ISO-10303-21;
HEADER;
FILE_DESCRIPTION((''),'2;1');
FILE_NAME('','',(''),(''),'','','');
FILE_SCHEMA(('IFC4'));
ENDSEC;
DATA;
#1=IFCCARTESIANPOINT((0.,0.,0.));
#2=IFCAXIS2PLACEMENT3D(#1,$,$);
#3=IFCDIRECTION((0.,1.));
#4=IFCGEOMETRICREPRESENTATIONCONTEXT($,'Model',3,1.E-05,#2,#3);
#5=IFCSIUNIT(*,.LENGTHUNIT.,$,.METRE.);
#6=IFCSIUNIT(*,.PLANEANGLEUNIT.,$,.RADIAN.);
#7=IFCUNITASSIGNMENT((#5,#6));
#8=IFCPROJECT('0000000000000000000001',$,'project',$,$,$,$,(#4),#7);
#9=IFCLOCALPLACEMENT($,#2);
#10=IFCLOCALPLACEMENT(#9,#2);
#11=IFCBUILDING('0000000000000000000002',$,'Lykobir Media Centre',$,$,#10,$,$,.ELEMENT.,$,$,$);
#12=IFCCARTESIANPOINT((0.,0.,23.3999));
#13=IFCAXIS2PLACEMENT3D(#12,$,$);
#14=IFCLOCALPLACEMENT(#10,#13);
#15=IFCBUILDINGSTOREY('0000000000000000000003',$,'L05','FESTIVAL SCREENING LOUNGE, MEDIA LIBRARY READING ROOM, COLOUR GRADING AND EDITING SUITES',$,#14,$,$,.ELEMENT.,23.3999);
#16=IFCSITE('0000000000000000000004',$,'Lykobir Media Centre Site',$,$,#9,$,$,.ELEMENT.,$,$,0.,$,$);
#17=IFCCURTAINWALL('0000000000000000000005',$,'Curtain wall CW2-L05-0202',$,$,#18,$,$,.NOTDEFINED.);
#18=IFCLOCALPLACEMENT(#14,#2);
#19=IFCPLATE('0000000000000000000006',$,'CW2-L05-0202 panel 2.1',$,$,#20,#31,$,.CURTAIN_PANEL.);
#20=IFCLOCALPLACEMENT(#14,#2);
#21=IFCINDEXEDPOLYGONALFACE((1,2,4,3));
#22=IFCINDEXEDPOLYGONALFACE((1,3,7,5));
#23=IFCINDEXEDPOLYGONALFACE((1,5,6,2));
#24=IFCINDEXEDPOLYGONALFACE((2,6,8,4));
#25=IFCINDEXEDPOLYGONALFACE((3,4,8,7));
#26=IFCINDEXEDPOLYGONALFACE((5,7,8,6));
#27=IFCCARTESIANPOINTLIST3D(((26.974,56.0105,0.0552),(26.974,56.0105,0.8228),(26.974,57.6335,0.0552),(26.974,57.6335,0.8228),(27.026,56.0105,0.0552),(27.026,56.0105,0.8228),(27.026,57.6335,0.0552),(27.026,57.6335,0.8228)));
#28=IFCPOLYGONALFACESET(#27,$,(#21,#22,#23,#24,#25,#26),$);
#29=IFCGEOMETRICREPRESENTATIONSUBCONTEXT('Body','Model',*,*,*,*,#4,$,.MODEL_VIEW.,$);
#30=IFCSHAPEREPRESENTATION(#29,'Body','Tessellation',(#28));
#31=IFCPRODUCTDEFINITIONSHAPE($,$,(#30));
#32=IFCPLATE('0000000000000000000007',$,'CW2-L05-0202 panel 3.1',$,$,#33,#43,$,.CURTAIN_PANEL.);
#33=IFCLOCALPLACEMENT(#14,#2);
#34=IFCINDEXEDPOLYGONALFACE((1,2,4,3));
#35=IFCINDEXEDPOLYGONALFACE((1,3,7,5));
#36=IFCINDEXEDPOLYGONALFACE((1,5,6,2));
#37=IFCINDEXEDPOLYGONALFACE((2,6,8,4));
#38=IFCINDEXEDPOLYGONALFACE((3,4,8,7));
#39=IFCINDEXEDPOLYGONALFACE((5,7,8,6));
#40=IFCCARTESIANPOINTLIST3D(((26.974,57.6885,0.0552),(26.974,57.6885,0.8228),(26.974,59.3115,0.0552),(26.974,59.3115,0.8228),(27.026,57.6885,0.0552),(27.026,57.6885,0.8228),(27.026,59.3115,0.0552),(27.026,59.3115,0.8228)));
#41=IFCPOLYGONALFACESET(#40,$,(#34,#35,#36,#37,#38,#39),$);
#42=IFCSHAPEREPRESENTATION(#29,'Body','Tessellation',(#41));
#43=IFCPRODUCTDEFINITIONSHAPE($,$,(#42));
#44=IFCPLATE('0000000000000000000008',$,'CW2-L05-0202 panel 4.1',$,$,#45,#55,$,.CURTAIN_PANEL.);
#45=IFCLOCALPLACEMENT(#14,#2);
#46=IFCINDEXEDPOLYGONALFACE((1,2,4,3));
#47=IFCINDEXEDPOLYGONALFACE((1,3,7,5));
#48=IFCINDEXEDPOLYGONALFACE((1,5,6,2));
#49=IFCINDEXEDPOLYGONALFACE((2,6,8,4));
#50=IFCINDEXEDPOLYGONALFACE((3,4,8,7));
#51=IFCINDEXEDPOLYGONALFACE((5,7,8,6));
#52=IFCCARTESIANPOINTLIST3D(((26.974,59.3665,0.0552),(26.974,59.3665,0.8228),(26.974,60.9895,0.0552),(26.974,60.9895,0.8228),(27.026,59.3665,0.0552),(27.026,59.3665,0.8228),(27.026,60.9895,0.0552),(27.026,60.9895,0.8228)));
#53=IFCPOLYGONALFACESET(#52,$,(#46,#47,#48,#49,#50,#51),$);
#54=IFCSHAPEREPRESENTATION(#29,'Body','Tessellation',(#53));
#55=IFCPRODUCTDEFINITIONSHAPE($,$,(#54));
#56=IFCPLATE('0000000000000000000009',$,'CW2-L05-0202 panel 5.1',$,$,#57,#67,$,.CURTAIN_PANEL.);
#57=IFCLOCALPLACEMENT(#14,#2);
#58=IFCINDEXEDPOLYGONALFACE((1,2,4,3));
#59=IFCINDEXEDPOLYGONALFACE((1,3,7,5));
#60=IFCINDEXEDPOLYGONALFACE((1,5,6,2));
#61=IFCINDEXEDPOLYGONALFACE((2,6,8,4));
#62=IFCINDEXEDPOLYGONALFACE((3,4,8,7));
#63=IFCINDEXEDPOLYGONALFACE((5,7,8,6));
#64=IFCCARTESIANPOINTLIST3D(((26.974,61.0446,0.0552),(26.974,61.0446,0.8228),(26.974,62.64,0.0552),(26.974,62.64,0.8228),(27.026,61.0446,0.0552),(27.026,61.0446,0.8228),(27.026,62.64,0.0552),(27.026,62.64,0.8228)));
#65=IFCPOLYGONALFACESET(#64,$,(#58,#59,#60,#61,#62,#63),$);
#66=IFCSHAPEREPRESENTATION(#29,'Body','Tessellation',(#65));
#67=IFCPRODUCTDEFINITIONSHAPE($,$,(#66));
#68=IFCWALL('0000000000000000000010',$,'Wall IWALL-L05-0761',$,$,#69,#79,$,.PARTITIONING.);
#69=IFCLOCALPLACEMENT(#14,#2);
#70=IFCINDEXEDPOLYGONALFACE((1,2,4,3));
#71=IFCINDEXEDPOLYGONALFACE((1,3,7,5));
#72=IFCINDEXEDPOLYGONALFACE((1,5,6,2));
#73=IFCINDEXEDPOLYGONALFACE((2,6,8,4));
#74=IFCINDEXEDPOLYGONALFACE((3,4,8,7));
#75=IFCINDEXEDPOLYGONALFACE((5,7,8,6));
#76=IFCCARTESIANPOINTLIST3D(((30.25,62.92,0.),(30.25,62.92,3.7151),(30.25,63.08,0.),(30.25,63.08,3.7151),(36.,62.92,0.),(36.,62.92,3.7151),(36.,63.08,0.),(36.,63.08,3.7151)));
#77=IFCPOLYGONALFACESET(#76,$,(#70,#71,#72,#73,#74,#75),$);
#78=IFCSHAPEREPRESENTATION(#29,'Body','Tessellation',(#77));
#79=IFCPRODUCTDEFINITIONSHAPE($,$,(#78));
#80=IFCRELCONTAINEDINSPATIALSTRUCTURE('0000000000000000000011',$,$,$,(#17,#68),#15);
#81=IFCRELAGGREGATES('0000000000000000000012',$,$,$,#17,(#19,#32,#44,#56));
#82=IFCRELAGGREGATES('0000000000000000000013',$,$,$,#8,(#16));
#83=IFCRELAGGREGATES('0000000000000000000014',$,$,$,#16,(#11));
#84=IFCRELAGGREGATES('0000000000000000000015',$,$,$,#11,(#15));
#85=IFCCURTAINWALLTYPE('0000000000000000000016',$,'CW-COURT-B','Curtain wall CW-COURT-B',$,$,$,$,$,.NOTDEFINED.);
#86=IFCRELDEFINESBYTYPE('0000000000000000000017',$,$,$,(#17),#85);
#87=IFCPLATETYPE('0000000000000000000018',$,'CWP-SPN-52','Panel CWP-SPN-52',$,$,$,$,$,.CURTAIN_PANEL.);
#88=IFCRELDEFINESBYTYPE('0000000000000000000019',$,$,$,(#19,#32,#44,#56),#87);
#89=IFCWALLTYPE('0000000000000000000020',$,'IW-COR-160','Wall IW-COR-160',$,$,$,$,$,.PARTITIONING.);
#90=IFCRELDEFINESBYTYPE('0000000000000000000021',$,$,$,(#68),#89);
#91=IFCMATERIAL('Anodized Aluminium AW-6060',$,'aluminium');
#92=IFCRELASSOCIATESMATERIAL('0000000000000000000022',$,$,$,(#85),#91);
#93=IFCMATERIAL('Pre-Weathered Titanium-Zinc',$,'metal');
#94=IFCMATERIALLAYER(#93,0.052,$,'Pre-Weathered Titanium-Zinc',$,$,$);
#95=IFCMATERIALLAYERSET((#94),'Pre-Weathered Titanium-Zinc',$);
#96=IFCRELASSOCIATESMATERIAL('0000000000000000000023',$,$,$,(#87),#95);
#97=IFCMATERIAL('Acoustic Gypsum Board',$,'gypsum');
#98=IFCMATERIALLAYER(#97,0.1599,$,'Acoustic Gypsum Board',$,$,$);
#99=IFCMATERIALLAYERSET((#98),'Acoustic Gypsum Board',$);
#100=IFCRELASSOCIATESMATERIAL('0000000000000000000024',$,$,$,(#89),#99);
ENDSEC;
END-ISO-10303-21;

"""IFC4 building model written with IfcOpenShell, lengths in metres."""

from ifc_helpers import new_model, si_unit, direction, frame, frame_2d, origin, origin_2d, place, context, subcontext, project, spatial, rectangle, extrude, material, layer, layer_set, type_object, element, aggregate, save


model = new_model("IFC4")

# Units and contexts
model_context = context("Model", 3, precision=1e-05, world=origin(), true_north=direction((0.0, 1.0)))
body_context = subcontext(model_context, "Body", "Model", "MODEL_VIEW")
ifc_project = project(units=[si_unit("LENGTHUNIT", "METRE"), si_unit("PLANEANGLEUNIT", "RADIAN")], contexts=[model_context])

# Site, building, storey
site_placement = place(None, origin())
site = spatial("IfcSite", under=ifc_project, at=site_placement, Name="Lykobir Media Centre Site", CompositionType="ELEMENT", RefElevation=0.0)
building_placement = place(site_placement, origin())
building = spatial("IfcBuilding", under=site, at=building_placement, Name="Lykobir Media Centre", CompositionType="ELEMENT")
storey_placement = place(building_placement, frame((0.0, 0.0, 23.3999)))
storey = spatial("IfcBuildingStorey", under=building, at=storey_placement, Name="L05", Description="FESTIVAL SCREENING LOUNGE, MEDIA LIBRARY READING ROOM, COLOUR GRADING AND EDITING SUITES", CompositionType="ELEMENT", Elevation=23.3999)

# Curtain wall
ifc_material_1 = material(Name="Anodized Aluminium AW-6060", Category="aluminium")
curtain_wall_type = type_object("IfcCurtainWallType", Name="CW-COURT-B", Description="Curtain wall CW-COURT-B", PredefinedType="NOTDEFINED", material=ifc_material_1)
curtain_wall_placement = place(storey_placement, origin())
curtain_wall = element("IfcCurtainWall", 1, at=curtain_wall_placement, inside=storey, type_object=curtain_wall_type, Name="Curtain wall CW2-L05-0202", PredefinedType="NOTDEFINED")

# Plates
ifc_material_2 = material(Name="Pre-Weathered Titanium-Zinc", Category="metal")
ifc_layer_1 = layer(ifc_material_2, 0.052, Name="Pre-Weathered Titanium-Zinc")
ifc_layer_set_1 = layer_set([ifc_layer_1], Name="Pre-Weathered Titanium-Zinc")
plate_type_1 = type_object("IfcPlateType", Name="CWP-SPN-52", Description="Panel CWP-SPN-52", PredefinedType="CURTAIN_PANEL", material=ifc_layer_set_1)
plate_1_placement = place(storey_placement, frame((27.0, 56.822, 0.0552), z_axis=(0.0, 0.0, 1.0), x_axis=(0.0, 1.0, 0.0)))
plate_1 = element("IfcPlate", 2, at=plate_1_placement, type_object=plate_type_1, Name="CW2-L05-0202 panel 2.1", PredefinedType="CURTAIN_PANEL", context=body_context, shape_type="SweptSolid", body=[
    extrude(rectangle(XDim=1.623, YDim=0.052, at=origin_2d()), origin(), (0.0, 0.0, 1.0), 0.7676),
])
plate_2_placement = place(storey_placement, frame((27.0, 58.5, 0.0552), z_axis=(0.0, 0.0, 1.0), x_axis=(0.0, 1.0, 0.0)))
plate_2 = element("IfcPlate", 3, at=plate_2_placement, type_object=plate_type_1, Name="CW2-L05-0202 panel 3.1", PredefinedType="CURTAIN_PANEL", context=body_context, shape_type="SweptSolid", body=[
    extrude(rectangle(XDim=1.623, YDim=0.052, at=origin_2d()), origin(), (0.0, 0.0, 1.0), 0.7676),
])
plate_3_placement = place(storey_placement, frame((27.0, 60.178, 0.0552), z_axis=(0.0, 0.0, 1.0), x_axis=(0.0, 1.0, 0.0)))
plate_3 = element("IfcPlate", 4, at=plate_3_placement, type_object=plate_type_1, Name="CW2-L05-0202 panel 4.1", PredefinedType="CURTAIN_PANEL", context=body_context, shape_type="SweptSolid", body=[
    extrude(rectangle(XDim=1.623, YDim=0.052, at=origin_2d()), origin(), (0.0, 0.0, 1.0), 0.7676),
])
plate_4_placement = place(storey_placement, frame((27.0, 61.8423, 0.0552), z_axis=(0.0, 0.0, 1.0), x_axis=(0.0, 1.0, 0.0)))
plate_4 = element("IfcPlate", 5, at=plate_4_placement, type_object=plate_type_1, Name="CW2-L05-0202 panel 5.1", PredefinedType="CURTAIN_PANEL", context=body_context, shape_type="SweptSolid", body=[
    extrude(rectangle(XDim=1.5955, YDim=0.052, at=origin_2d()), origin(), (0.0, 0.0, 1.0), 0.7676),
])
aggregate(curtain_wall, [plate_1, plate_2, plate_3, plate_4])

# Wall
ifc_material_3 = material(Name="Acoustic Gypsum Board", Category="gypsum")
ifc_layer_2 = layer(ifc_material_3, 0.1599, Name="Acoustic Gypsum Board")
ifc_layer_set_2 = layer_set([ifc_layer_2], Name="Acoustic Gypsum Board")
wall_type = type_object("IfcWallType", Name="IW-COR-160", Description="Wall IW-COR-160", PredefinedType="PARTITIONING", material=ifc_layer_set_2)
wall_placement = place(storey_placement, frame((30.25, 63.0, 0.0), z_axis=(0.0, 0.0, 1.0), x_axis=(1.0, 0.0, 0.0)))
element("IfcWall", 6, at=wall_placement, inside=storey, type_object=wall_type, Name="Wall IWALL-L05-0761", PredefinedType="PARTITIONING", context=body_context, shape_type="SweptSolid", body=[
    extrude(rectangle(XDim=5.75, YDim=0.1599, at=frame_2d((2.875, 0.0))), origin(), (0.0, 0.0, 1.0), 3.7151),
])

save(model, "model.ifc")
